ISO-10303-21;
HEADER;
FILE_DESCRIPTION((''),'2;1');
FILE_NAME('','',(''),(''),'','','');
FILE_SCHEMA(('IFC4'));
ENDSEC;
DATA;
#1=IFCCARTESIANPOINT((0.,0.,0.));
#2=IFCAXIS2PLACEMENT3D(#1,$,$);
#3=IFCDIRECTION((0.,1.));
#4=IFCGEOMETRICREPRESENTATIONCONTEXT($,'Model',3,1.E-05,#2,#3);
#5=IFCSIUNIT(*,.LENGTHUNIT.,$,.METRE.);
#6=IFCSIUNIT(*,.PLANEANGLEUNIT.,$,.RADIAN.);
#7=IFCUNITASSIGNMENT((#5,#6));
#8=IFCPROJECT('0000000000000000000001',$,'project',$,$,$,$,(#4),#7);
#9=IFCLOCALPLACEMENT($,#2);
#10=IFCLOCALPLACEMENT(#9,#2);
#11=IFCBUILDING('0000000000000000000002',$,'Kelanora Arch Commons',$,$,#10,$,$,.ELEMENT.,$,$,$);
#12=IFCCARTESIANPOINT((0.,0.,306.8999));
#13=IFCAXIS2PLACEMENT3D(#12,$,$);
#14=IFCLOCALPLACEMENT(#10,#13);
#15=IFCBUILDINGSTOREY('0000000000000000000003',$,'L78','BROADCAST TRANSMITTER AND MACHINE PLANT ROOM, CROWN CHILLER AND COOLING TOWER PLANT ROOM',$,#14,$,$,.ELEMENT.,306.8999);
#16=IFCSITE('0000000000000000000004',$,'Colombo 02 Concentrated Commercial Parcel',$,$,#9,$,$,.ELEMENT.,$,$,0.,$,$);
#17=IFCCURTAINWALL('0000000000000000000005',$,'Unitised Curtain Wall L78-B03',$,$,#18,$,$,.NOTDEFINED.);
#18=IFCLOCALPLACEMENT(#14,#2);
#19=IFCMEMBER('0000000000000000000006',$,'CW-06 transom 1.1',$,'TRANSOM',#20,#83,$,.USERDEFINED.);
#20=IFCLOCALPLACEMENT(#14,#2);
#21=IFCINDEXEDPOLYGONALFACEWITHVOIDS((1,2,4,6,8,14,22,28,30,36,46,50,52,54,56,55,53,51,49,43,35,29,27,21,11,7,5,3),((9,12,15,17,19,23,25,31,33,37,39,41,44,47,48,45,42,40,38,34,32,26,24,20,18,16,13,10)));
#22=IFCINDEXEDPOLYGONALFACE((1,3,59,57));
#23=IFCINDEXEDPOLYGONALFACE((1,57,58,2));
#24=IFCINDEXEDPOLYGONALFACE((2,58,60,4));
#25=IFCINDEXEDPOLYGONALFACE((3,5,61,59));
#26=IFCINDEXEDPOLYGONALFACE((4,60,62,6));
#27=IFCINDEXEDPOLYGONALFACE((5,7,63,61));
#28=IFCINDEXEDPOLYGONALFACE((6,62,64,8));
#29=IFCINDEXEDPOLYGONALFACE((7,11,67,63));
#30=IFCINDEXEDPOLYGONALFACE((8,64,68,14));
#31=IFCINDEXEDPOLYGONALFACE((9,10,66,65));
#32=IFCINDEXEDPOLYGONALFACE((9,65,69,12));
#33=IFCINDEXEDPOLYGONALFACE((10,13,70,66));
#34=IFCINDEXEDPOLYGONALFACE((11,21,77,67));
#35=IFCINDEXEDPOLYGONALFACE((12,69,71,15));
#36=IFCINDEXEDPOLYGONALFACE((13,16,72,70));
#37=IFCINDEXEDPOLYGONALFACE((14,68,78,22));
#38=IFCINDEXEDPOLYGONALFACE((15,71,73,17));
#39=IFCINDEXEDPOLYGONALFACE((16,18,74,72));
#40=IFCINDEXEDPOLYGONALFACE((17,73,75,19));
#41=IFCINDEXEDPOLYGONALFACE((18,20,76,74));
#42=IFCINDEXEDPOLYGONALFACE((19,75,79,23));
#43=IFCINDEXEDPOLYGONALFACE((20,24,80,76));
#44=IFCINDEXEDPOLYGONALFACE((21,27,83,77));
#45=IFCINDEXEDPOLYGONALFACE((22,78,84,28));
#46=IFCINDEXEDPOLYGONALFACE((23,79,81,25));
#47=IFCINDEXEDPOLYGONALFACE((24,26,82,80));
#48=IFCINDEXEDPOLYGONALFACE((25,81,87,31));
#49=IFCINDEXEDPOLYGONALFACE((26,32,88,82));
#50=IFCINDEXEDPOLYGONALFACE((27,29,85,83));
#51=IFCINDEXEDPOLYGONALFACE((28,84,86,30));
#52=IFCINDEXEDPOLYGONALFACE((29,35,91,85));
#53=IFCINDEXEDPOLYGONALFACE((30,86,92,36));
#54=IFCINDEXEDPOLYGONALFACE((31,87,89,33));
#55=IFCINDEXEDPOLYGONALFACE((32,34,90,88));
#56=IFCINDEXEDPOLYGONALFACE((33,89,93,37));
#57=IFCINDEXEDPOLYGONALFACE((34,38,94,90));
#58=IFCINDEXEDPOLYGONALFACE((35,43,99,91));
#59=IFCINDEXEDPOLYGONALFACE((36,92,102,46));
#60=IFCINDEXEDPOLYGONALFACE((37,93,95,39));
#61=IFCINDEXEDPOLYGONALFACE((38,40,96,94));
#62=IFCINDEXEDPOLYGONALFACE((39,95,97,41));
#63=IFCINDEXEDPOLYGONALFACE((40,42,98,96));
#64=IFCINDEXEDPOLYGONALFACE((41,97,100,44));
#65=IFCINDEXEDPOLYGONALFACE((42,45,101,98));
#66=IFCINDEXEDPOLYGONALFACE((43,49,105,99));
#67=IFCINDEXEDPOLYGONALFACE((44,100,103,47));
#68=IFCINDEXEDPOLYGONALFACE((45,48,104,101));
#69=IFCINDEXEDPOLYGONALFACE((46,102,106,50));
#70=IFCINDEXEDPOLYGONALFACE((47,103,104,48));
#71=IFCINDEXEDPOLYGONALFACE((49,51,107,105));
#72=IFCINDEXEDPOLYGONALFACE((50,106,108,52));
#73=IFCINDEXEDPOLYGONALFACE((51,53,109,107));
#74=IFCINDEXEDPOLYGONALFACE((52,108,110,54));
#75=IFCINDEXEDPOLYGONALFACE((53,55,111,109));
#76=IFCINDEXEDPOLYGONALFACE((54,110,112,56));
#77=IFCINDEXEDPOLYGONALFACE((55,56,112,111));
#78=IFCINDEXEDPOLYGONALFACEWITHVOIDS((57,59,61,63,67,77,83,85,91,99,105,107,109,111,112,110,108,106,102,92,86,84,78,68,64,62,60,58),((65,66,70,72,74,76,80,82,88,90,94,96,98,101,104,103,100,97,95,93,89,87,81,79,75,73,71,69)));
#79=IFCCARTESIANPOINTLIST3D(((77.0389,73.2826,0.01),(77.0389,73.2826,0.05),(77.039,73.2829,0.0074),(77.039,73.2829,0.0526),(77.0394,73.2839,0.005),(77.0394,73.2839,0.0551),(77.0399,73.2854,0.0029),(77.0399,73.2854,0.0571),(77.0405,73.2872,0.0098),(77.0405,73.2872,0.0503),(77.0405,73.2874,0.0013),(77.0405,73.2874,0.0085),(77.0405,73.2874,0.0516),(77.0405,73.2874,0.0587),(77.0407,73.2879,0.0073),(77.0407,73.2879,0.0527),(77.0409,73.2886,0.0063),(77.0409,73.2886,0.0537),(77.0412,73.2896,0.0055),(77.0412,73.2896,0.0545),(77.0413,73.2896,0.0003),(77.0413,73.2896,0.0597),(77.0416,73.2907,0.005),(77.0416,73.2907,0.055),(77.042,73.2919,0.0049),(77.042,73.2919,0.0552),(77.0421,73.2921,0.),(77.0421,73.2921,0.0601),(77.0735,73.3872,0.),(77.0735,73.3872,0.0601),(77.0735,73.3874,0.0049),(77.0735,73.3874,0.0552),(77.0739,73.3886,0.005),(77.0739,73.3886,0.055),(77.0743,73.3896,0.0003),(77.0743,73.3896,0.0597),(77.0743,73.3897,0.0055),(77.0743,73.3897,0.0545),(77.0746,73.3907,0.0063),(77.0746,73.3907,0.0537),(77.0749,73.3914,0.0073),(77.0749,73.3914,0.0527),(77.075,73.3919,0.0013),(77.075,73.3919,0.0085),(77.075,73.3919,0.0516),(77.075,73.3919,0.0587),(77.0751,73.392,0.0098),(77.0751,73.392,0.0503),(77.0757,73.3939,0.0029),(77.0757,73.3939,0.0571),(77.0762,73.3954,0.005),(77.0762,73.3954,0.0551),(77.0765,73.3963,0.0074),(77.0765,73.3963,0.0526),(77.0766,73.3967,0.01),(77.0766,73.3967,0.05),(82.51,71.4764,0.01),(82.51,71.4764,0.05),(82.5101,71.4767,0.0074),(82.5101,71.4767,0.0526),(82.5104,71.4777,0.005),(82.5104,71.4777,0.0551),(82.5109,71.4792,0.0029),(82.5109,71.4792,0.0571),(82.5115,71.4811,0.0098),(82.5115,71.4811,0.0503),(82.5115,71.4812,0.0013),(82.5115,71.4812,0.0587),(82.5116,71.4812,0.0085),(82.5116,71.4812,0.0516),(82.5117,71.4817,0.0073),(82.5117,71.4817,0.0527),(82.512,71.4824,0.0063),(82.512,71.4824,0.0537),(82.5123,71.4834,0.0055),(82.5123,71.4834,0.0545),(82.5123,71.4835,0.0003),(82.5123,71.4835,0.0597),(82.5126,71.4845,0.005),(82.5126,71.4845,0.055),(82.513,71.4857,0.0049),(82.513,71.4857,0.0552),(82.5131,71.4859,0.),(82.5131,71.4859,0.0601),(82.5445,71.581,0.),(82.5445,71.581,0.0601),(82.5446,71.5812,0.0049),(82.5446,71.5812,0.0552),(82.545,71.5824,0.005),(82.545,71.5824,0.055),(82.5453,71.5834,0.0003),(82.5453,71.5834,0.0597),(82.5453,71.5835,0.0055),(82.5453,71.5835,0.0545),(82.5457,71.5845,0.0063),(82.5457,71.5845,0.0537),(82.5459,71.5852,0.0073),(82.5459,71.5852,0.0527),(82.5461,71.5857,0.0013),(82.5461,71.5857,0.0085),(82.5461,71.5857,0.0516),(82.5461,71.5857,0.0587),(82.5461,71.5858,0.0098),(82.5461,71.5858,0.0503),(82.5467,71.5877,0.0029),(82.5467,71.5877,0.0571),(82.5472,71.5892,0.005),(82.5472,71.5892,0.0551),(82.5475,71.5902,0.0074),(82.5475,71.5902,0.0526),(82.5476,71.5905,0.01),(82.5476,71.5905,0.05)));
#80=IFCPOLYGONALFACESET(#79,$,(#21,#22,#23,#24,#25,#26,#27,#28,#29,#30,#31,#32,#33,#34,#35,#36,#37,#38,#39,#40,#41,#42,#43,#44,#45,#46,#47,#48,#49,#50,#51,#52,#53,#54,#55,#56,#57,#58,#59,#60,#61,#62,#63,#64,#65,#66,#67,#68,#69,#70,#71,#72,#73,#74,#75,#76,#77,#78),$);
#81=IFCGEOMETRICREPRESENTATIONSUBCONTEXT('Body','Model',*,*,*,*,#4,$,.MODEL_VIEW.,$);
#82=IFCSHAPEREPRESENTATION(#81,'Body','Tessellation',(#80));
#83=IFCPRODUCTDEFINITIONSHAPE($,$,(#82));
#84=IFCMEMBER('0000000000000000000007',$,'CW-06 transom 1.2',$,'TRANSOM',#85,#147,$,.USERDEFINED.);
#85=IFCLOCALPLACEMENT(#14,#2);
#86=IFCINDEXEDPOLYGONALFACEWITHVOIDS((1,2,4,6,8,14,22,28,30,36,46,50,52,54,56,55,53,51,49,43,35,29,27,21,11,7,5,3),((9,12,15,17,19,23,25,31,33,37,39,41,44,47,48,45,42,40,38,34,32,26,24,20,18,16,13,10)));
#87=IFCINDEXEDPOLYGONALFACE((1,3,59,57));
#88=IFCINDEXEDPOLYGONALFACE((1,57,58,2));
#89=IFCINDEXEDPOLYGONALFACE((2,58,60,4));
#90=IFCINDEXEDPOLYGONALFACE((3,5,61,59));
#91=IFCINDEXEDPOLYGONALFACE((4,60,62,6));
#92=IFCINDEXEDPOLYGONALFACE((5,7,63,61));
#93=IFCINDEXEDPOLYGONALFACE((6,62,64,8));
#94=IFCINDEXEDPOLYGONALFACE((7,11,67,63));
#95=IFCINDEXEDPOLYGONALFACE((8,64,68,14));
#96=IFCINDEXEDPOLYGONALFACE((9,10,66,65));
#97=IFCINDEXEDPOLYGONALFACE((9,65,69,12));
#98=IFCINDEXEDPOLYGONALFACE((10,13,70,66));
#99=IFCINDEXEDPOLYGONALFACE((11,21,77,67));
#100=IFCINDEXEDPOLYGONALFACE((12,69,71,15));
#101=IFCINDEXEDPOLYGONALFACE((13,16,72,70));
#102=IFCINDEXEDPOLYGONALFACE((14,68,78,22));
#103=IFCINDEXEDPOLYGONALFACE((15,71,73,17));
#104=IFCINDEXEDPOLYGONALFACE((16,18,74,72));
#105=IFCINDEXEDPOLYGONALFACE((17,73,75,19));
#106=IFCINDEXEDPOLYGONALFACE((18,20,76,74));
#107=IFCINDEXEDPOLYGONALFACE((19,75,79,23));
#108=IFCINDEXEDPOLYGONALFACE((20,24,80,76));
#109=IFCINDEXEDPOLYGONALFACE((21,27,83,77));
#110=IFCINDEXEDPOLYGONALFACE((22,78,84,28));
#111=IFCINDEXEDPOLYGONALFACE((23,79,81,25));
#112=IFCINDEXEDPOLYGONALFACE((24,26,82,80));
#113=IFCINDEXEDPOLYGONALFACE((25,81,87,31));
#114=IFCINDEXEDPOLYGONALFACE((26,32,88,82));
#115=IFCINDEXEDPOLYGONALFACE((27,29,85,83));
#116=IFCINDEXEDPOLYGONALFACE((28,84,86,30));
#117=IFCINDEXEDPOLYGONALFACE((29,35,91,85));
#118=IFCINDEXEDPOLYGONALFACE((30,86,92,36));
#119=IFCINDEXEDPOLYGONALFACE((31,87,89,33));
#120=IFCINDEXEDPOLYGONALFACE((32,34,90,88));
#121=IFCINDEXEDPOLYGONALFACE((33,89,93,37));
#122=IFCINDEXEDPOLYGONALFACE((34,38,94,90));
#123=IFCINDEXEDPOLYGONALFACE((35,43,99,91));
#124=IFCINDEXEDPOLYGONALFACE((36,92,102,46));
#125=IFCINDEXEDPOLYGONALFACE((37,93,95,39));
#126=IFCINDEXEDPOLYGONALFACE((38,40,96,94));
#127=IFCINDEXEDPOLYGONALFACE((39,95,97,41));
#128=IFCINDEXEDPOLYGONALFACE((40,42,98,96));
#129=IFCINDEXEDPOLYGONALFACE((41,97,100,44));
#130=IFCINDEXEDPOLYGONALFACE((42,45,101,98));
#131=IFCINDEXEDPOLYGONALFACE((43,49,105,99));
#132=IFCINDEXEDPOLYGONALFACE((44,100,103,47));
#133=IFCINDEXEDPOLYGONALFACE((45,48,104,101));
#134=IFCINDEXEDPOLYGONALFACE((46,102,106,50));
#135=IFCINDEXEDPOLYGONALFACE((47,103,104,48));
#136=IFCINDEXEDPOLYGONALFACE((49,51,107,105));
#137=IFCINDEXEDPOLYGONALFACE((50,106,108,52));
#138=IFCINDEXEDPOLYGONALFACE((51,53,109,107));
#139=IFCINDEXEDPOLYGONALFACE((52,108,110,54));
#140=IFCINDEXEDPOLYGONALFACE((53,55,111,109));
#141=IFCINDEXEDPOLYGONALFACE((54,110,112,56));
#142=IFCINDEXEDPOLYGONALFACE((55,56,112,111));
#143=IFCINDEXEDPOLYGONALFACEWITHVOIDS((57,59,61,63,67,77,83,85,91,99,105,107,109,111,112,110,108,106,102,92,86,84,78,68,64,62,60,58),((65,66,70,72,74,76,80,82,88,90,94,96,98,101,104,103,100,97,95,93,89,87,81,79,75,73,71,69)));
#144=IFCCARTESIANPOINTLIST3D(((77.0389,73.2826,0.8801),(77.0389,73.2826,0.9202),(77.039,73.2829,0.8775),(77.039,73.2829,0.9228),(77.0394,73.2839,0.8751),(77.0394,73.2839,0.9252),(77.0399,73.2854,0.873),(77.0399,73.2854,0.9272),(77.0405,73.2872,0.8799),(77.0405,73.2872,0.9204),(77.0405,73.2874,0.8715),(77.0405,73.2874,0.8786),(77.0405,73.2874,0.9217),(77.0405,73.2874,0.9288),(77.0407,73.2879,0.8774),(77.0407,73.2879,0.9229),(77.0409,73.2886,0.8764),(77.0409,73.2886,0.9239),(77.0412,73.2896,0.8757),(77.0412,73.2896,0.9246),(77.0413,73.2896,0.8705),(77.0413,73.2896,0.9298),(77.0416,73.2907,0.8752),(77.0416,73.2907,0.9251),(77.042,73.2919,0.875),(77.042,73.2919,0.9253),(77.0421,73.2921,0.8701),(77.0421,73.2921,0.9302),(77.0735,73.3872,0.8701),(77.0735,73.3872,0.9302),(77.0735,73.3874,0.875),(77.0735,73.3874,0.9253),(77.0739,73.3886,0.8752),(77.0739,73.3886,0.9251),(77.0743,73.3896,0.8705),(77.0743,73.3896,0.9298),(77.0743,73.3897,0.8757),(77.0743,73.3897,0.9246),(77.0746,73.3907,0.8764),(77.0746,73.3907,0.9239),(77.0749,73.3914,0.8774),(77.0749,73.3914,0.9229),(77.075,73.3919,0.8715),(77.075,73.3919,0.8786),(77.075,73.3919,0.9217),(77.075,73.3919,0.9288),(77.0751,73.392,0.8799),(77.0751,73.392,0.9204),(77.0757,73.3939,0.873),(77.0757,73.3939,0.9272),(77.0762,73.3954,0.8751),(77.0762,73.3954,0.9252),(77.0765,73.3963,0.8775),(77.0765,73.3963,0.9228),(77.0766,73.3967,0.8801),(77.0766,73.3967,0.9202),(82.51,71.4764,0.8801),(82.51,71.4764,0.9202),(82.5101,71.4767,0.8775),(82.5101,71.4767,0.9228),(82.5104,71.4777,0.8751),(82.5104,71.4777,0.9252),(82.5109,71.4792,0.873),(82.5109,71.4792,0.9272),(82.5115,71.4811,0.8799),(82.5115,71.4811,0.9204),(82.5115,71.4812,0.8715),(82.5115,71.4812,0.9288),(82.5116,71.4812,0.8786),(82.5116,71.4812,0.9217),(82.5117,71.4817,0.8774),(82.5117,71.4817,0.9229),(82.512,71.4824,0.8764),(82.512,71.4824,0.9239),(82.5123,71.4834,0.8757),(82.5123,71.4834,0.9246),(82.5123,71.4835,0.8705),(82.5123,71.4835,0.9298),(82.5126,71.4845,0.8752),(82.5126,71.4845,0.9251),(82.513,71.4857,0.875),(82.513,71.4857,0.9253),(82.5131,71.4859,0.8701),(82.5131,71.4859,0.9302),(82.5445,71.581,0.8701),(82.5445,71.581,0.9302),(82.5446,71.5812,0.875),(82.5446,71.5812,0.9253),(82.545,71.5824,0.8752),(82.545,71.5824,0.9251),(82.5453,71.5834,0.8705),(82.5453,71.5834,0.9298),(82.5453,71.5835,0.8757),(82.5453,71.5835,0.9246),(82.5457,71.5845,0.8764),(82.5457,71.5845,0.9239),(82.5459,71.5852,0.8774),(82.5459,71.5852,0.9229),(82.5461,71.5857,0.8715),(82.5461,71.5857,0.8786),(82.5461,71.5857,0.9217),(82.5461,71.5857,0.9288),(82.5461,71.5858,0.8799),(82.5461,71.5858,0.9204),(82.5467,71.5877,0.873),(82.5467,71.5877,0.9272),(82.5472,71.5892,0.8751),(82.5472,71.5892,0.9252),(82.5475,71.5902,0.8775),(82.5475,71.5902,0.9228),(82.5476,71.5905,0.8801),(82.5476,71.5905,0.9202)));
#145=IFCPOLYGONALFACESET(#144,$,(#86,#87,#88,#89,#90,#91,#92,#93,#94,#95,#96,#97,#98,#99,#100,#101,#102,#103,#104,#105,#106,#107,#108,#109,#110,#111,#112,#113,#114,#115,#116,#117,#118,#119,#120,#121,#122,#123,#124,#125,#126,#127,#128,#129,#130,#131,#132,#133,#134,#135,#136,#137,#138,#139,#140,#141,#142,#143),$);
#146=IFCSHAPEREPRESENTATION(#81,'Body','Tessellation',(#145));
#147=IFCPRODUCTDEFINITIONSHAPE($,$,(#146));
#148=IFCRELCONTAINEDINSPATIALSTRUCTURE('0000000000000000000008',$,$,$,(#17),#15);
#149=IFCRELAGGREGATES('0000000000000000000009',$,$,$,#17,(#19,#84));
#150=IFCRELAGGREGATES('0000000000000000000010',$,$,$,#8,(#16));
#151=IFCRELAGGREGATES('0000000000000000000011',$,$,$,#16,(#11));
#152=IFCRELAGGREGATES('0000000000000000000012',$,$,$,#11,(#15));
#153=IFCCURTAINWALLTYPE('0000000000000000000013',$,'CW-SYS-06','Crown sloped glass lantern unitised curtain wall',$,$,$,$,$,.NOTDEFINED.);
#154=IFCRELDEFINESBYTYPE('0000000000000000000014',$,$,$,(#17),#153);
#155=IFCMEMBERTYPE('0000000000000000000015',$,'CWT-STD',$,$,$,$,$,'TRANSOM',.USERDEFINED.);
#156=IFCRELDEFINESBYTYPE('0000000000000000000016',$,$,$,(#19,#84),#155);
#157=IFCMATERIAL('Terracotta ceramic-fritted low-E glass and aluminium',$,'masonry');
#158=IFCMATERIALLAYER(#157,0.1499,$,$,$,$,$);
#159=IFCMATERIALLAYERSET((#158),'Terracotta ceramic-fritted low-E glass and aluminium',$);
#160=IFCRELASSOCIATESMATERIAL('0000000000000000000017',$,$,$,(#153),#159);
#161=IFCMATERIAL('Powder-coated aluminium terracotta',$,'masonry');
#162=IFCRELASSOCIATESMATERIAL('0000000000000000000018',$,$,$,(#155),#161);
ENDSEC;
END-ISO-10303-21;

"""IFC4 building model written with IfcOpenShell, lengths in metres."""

from ifc_helpers import new_model, si_unit, direction, frame, origin, origin_2d, place, context, subcontext, project, spatial, hollow_rectangle, extrude, material, layer, layer_set, material_profile, profile_set, type_object, element, aggregate, save


model = new_model("IFC4")

# Units and contexts
model_context = context("Model", 3, precision=1e-05, world=origin(), true_north=direction((0.0, 1.0)))
body_context = subcontext(model_context, "Body", "Model", "MODEL_VIEW")
ifc_project = project(units=[si_unit("LENGTHUNIT", "METRE"), si_unit("PLANEANGLEUNIT", "RADIAN")], contexts=[model_context])

# Site, building, storey
site_placement = place(None, origin())
site = spatial("IfcSite", under=ifc_project, at=site_placement, Name="Colombo 02 Concentrated Commercial Parcel", CompositionType="ELEMENT", RefElevation=0.0)
building_placement = place(site_placement, origin())
building = spatial("IfcBuilding", under=site, at=building_placement, Name="Kelanora Arch Commons", CompositionType="ELEMENT")
storey_placement = place(building_placement, frame((0.0, 0.0, 306.8999)))
storey = spatial("IfcBuildingStorey", under=building, at=storey_placement, Name="L78", Description="BROADCAST TRANSMITTER AND MACHINE PLANT ROOM, CROWN CHILLER AND COOLING TOWER PLANT ROOM", CompositionType="ELEMENT", Elevation=306.8999)

# Curtain wall
ifc_material_1 = material(Name="Terracotta ceramic-fritted low-E glass and aluminium", Category="masonry")
ifc_layer_1 = layer(ifc_material_1, 0.1499)
ifc_layer_set_1 = layer_set([ifc_layer_1], Name="Terracotta ceramic-fritted low-E glass and aluminium")
curtain_wall_type = type_object("IfcCurtainWallType", Name="CW-SYS-06", Description="Crown sloped glass lantern unitised curtain wall", PredefinedType="NOTDEFINED", material=ifc_layer_set_1)
curtain_wall_1_placement = place(storey_placement, origin())
curtain_wall_1 = element("IfcCurtainWall", 1, at=curtain_wall_1_placement, inside=storey, type_object=curtain_wall_type, Name="Unitised Curtain Wall L78-B03", PredefinedType="NOTDEFINED")
ifc_material_2 = material(Name="Powder-coated aluminium terracotta", Category="masonry")

# Members
ifc_material_profile_1 = material_profile(ifc_material_2, hollow_rectangle(XDim=0.1201, YDim=0.0601, WallThickness=0.0049, InnerFilletRadius=0.0049, OuterFilletRadius=0.01, at=origin_2d()), Name="CWT120x60")
ifc_profile_set_1 = profile_set([ifc_material_profile_1], Name="Powder-coated aluminium terracotta")
member_type_1 = type_object("IfcMemberType", Name="CWT-STD", ElementType="TRANSOM", PredefinedType="USERDEFINED", material=ifc_profile_set_1)
member_1_placement = place(storey_placement, frame((82.5288, 71.5334, 0.03), z_axis=(-0.94959, 0.313493, 0.0), x_axis=(-0.313493, -0.94959, 0.0)))
member_1 = element("IfcMember", 2, at=member_1_placement, type_object=member_type_1, Name="CW-06 transom 1.1", ObjectType="TRANSOM", PredefinedType="USERDEFINED", context=body_context, shape_type="SweptSolid", body=[
    extrude(hollow_rectangle(XDim=0.1201, YDim=0.0601, WallThickness=0.0049, InnerFilletRadius=0.0049, OuterFilletRadius=0.01, at=origin_2d()), origin(), (0.0, 0.0, 1.0), 5.7615),
])
member_2_placement = place(storey_placement, frame((82.5288, 71.5334, 0.9001), z_axis=(-0.94959, 0.313493, 0.0), x_axis=(-0.313493, -0.94959, 0.0)))
member_2 = element("IfcMember", 3, at=member_2_placement, type_object=member_type_1, Name="CW-06 transom 1.2", ObjectType="TRANSOM", PredefinedType="USERDEFINED", context=body_context, shape_type="SweptSolid", body=[
    extrude(hollow_rectangle(XDim=0.1201, YDim=0.0601, WallThickness=0.0049, InnerFilletRadius=0.0049, OuterFilletRadius=0.01, at=origin_2d()), origin(), (0.0, 0.0, 1.0), 5.7615),
])

aggregate(curtain_wall_1, [member_1, member_2])

save(model, "model.ifc")
